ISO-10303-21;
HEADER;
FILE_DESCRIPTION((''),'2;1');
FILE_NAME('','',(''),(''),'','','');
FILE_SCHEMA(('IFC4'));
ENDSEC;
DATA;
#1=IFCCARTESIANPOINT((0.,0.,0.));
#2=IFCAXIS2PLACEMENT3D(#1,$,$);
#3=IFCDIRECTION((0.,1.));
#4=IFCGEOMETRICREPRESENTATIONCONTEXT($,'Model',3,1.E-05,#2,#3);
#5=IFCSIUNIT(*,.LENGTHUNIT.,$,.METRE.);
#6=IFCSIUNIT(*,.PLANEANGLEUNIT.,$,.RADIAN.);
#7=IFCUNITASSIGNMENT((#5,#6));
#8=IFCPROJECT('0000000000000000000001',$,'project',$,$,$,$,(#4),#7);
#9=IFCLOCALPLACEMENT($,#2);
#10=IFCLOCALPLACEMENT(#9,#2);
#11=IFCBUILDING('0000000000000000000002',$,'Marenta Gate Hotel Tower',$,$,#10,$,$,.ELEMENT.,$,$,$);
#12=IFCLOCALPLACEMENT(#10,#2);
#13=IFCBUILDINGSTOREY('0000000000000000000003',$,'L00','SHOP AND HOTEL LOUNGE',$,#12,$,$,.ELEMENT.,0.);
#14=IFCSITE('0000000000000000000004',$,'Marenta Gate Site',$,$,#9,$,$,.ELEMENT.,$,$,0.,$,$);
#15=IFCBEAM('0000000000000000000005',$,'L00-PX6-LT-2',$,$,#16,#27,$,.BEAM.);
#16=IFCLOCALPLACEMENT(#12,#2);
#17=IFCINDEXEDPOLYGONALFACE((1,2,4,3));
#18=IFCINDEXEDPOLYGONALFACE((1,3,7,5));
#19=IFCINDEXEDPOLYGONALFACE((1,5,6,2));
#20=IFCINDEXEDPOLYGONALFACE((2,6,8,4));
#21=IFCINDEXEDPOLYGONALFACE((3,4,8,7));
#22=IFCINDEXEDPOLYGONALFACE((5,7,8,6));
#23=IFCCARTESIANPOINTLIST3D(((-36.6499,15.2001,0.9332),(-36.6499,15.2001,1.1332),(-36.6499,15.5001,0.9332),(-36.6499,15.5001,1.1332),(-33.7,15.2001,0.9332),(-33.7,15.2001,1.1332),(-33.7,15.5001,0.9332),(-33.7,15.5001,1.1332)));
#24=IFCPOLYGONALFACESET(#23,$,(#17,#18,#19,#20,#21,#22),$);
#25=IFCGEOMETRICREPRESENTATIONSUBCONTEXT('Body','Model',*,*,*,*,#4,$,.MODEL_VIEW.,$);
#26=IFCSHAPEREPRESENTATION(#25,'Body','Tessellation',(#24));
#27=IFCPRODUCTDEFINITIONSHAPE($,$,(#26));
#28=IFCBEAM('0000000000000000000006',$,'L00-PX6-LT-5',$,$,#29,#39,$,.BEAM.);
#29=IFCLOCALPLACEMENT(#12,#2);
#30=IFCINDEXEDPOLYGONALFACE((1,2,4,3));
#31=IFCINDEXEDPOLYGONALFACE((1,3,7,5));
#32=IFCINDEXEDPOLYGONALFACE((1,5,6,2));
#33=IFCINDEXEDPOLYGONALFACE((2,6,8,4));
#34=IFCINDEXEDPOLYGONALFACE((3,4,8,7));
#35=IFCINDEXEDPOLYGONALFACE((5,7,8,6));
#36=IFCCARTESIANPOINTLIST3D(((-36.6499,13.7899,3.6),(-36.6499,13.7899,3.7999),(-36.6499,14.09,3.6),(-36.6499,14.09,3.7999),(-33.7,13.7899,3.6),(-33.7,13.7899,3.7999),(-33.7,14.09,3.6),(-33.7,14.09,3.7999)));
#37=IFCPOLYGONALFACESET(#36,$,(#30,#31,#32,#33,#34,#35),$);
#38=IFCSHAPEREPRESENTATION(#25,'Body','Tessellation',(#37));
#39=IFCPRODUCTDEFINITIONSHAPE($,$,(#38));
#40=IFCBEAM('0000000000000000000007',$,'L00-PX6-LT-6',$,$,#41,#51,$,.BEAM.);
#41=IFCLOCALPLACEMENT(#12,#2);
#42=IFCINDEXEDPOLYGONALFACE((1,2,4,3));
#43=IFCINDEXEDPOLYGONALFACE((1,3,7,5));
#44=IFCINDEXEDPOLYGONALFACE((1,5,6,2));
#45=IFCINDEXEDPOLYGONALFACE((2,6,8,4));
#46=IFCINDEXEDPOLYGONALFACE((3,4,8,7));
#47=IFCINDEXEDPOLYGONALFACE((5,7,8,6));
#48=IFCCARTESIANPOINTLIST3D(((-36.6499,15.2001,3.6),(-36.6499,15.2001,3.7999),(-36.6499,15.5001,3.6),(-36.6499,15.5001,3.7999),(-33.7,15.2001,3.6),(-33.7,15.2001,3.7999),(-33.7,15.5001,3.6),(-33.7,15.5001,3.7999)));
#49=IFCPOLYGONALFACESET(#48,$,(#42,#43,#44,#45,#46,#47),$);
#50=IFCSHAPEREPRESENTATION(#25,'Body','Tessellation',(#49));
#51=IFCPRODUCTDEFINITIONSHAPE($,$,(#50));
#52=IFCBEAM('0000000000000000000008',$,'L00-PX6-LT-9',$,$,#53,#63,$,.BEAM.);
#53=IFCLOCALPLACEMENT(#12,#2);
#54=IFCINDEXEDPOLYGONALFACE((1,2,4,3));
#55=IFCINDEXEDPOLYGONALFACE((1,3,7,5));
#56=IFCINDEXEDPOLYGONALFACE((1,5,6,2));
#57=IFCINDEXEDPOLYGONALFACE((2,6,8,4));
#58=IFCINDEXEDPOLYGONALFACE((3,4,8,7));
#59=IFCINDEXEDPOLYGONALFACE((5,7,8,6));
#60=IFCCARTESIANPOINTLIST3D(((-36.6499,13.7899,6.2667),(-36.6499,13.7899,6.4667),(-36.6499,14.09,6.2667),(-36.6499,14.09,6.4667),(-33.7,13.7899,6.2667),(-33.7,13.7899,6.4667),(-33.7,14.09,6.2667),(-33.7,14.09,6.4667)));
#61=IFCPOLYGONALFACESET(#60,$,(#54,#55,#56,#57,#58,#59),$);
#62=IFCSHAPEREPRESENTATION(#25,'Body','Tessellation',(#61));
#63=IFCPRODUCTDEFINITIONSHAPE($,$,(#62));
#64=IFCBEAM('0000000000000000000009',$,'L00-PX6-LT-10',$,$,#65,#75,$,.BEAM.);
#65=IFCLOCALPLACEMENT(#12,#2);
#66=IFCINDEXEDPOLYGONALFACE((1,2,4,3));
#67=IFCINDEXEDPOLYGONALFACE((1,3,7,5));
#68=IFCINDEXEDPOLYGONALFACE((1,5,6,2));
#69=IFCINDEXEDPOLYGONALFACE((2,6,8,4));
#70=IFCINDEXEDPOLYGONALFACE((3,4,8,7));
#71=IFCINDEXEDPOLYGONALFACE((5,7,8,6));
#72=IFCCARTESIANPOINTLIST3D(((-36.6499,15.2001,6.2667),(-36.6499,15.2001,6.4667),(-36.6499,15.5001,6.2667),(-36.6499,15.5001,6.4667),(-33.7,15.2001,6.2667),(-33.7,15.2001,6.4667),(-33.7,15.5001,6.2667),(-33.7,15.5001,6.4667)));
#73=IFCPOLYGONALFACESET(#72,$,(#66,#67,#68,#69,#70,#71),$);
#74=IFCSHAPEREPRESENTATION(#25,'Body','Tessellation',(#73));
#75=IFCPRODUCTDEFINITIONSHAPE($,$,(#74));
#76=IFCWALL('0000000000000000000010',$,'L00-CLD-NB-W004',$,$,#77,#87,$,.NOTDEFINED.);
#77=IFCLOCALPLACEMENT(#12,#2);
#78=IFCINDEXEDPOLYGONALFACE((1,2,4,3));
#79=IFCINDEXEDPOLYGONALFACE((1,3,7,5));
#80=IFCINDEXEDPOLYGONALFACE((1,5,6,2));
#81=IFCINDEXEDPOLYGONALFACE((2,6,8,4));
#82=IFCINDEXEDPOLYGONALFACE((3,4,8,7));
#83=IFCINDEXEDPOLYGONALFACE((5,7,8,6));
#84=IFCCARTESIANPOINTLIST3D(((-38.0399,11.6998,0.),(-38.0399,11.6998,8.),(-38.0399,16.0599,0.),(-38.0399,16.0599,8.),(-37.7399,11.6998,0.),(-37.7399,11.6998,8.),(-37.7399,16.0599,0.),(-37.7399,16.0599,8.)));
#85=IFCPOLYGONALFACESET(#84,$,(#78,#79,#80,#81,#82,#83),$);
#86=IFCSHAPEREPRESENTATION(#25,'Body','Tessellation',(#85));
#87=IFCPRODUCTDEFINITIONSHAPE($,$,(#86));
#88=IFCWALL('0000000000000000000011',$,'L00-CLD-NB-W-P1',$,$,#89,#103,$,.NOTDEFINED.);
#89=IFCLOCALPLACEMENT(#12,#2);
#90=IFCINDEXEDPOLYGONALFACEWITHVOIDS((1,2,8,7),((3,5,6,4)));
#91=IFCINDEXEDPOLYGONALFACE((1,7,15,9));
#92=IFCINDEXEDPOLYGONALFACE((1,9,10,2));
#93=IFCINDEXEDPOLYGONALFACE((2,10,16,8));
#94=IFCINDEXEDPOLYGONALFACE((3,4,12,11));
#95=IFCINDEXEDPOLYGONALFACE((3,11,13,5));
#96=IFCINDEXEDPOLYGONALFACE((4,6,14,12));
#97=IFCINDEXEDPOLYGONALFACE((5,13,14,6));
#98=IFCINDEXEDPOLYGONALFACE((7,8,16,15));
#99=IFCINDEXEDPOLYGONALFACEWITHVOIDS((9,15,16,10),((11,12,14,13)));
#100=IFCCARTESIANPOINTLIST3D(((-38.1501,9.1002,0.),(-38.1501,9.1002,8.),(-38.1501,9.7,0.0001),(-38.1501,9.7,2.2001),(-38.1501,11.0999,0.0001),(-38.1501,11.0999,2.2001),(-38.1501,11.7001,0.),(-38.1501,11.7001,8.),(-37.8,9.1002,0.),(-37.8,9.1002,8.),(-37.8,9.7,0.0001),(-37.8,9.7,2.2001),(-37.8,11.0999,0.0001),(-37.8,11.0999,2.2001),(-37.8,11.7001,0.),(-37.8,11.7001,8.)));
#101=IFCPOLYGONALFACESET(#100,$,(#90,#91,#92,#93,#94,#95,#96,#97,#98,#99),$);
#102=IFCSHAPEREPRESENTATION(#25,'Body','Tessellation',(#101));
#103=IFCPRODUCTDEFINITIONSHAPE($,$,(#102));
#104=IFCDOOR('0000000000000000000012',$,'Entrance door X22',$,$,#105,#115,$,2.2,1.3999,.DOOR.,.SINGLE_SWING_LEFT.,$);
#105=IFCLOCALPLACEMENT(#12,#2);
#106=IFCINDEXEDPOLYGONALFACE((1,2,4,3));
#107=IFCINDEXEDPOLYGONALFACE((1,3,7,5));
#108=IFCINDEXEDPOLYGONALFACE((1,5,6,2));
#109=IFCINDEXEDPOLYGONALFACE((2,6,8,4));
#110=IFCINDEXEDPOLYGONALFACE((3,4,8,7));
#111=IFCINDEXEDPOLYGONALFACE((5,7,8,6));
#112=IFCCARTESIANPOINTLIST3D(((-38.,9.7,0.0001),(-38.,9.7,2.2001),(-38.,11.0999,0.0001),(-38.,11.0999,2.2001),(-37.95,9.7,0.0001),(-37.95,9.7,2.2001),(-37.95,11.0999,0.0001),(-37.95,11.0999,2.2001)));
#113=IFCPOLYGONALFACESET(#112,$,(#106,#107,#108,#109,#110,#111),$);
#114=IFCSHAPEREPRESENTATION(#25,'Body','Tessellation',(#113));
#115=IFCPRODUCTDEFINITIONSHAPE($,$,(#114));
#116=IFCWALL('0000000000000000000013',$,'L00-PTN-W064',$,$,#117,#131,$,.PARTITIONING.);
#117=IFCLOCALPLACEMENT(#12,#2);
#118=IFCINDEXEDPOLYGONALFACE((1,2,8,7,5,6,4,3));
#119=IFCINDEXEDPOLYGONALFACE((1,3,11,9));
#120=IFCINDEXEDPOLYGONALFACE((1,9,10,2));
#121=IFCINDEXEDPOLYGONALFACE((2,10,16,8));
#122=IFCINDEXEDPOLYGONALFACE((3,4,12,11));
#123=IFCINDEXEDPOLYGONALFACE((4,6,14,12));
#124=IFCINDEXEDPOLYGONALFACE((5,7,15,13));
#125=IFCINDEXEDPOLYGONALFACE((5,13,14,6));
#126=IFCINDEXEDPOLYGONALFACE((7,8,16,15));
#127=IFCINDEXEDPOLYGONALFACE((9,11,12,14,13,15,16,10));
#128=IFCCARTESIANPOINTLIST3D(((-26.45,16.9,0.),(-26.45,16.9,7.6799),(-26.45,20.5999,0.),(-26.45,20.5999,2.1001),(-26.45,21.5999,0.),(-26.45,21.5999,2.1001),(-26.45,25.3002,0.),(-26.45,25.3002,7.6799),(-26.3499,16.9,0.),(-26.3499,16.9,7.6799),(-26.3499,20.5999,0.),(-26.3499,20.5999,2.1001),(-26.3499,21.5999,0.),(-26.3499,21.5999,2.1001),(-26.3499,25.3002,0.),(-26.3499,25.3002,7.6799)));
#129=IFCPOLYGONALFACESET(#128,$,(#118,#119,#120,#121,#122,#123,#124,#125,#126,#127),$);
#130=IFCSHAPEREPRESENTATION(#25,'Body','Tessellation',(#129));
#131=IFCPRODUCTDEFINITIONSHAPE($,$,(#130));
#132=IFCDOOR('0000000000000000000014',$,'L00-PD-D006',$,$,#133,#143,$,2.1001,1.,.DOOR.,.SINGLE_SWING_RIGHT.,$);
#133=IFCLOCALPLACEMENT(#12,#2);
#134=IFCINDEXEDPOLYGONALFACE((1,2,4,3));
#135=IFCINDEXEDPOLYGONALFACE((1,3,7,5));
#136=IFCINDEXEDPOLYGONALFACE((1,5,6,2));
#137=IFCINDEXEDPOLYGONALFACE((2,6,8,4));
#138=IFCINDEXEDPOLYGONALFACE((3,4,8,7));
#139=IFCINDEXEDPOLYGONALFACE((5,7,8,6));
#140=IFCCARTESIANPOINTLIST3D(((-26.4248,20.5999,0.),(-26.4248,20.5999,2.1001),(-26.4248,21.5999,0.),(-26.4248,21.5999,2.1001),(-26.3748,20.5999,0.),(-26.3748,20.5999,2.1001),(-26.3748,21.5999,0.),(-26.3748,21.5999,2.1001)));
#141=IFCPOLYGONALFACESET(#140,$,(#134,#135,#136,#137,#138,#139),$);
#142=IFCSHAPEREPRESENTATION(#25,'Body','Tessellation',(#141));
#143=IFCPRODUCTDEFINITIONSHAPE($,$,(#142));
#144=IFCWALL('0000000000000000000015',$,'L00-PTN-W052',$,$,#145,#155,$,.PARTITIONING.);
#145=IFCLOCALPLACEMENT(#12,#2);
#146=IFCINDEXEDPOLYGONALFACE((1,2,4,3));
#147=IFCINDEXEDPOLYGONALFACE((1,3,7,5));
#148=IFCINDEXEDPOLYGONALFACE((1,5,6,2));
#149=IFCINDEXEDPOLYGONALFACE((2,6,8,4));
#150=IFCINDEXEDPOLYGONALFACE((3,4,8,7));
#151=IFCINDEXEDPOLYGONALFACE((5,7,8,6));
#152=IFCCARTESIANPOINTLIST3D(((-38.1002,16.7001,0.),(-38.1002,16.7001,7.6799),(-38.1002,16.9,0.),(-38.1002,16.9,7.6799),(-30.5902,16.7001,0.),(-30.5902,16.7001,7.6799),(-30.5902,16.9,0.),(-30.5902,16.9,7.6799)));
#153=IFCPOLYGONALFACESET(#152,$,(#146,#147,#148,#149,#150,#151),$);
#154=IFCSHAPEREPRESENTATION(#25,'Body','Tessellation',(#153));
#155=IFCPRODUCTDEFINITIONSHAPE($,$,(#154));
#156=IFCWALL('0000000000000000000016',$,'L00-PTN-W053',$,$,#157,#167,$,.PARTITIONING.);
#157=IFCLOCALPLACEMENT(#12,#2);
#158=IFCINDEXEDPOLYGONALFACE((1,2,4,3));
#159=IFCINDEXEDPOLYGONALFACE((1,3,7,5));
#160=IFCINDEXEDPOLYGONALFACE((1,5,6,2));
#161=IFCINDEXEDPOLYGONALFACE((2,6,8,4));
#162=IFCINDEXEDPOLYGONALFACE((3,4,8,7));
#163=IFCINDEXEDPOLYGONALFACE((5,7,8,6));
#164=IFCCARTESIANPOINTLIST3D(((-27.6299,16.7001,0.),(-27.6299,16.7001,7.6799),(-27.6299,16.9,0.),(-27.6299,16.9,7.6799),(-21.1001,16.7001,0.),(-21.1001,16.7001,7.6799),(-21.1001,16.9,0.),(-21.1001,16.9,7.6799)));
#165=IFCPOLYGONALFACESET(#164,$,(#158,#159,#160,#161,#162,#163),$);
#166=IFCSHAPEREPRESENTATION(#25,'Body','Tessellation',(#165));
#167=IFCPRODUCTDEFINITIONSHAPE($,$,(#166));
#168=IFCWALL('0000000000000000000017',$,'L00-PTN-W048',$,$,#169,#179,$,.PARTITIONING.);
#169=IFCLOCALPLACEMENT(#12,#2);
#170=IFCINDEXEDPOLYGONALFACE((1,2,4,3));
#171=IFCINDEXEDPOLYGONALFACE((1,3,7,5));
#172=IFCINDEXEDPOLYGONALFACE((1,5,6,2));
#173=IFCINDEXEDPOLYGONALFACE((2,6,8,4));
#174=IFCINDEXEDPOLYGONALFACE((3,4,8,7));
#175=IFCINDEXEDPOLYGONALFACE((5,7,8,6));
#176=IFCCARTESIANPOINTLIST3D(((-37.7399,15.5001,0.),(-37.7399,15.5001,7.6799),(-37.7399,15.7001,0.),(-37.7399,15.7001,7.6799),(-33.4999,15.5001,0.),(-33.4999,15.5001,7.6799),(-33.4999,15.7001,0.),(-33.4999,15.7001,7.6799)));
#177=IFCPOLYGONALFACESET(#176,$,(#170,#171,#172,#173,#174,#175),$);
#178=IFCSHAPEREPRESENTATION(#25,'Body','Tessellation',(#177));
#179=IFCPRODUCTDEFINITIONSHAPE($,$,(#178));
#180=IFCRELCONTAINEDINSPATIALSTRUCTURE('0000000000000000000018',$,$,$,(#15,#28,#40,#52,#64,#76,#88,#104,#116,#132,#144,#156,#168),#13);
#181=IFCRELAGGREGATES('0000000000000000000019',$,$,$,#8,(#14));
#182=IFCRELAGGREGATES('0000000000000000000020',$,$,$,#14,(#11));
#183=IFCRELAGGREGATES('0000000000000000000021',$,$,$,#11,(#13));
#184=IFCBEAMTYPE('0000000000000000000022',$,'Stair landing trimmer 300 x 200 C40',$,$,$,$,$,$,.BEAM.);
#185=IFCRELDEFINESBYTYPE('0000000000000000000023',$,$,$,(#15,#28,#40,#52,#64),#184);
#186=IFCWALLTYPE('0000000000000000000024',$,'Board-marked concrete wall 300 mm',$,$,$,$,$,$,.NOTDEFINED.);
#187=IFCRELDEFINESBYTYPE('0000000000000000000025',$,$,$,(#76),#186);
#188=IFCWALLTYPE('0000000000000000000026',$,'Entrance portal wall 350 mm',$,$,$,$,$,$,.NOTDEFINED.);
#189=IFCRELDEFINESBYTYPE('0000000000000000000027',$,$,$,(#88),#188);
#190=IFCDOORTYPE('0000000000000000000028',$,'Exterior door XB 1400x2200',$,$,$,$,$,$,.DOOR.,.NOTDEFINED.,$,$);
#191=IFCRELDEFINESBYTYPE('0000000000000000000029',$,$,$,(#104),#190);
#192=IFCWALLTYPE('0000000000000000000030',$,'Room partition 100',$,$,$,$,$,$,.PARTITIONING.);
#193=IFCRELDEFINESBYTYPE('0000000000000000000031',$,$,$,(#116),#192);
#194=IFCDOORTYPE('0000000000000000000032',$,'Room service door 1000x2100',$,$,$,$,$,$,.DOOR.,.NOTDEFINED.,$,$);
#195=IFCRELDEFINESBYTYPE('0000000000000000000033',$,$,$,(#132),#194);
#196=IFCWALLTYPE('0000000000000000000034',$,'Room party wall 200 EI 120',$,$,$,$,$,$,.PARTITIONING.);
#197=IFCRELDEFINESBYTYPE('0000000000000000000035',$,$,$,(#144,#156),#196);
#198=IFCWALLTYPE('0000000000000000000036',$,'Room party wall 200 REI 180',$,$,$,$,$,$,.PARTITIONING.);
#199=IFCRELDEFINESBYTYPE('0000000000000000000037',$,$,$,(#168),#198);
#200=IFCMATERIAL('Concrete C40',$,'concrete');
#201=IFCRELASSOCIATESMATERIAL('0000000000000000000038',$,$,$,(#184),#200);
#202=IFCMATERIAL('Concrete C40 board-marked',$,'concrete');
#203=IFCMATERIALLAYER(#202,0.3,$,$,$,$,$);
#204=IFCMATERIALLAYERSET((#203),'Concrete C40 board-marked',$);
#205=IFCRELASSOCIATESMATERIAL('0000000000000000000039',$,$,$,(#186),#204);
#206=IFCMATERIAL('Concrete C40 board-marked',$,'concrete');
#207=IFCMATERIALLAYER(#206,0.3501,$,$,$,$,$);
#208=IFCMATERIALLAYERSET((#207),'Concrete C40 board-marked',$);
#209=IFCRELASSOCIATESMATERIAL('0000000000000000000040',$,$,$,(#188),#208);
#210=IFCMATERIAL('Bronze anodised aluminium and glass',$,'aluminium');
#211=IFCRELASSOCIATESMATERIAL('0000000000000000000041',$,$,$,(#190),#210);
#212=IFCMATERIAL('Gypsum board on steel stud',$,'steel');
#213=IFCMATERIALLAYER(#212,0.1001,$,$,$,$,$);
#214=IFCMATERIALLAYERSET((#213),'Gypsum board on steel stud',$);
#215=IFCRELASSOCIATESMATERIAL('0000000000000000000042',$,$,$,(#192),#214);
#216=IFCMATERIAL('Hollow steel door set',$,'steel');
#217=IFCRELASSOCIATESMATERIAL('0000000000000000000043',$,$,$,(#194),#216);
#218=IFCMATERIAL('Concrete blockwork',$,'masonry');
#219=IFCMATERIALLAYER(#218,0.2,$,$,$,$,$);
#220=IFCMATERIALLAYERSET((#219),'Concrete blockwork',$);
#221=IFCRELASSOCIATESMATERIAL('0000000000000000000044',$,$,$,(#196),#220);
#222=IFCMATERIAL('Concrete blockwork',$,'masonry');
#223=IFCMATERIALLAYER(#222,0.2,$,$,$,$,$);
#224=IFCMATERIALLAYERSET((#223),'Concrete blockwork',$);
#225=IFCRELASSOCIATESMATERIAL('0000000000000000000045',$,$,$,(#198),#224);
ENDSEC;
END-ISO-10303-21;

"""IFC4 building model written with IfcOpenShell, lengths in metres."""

from ifc_helpers import new_model, si_unit, direction, frame, frame_2d, origin, origin_2d, place, context, subcontext, project, spatial, rectangle, extrude, material, layer, layer_set, material_profile, profile_set, type_object, element, fill, save


model = new_model("IFC4")

# Units and contexts
model_context = context("Model", 3, precision=1e-05, world=origin(), true_north=direction((0.0, 1.0)))
body_context = subcontext(model_context, "Body", "Model", "MODEL_VIEW")
ifc_project = project(units=[si_unit("LENGTHUNIT", "METRE"), si_unit("PLANEANGLEUNIT", "RADIAN")], contexts=[model_context])

# Site, building, storey
site_placement = place(None, origin())
site = spatial("IfcSite", under=ifc_project, at=site_placement, Name="Marenta Gate Site", CompositionType="ELEMENT", RefElevation=0.0)
building_placement = place(site_placement, origin())
building = spatial("IfcBuilding", under=site, at=building_placement, Name="Marenta Gate Hotel Tower", CompositionType="ELEMENT")
storey_placement = place(building_placement, origin())
storey = spatial("IfcBuildingStorey", under=building, at=storey_placement, Name="L00", Description="SHOP AND HOTEL LOUNGE", CompositionType="ELEMENT", Elevation=0.0)

# Beams
ifc_material_1 = material(Name="Concrete C40", Category="concrete")
ifc_material_profile_1 = material_profile(ifc_material_1, rectangle(XDim=0.3, YDim=0.2, at=origin_2d()), Name="300 x 200")
ifc_profile_set_1 = profile_set([ifc_material_profile_1], Name="Concrete C40")
beam_type_1 = type_object("IfcBeamType", Name="Stair landing trimmer 300 x 200 C40", PredefinedType="BEAM", material=ifc_profile_set_1)
for number, where, z_axis, x_axis, name in (
    (1, (-36.6499, 15.3501, 1.0332), (1.0, 0.0, 0.0), (0.0, 1.0, 0.0), "L00-PX6-LT-2"),
    (2, (-36.6499, 13.9399, 3.7), (1.0, 0.0, 0.0), (0.0, 1.0, 0.0), "L00-PX6-LT-5"),
    (3, (-36.6499, 15.3501, 3.7), (1.0, 0.0, 0.0), (0.0, 1.0, 0.0), "L00-PX6-LT-6"),
    (4, (-36.6499, 13.9399, 6.3667), (1.0, 0.0, 0.0), (0.0, 1.0, 0.0), "L00-PX6-LT-9"),
    (5, (-36.6499, 15.3501, 6.3667), (1.0, 0.0, 0.0), (0.0, 1.0, 0.0), "L00-PX6-LT-10"),
):
    element("IfcBeam", number, at=place(storey_placement, frame(where, z_axis=z_axis, x_axis=x_axis)), inside=storey, type_object=beam_type_1, Name=name, PredefinedType="BEAM", context=body_context, shape_type="SweptSolid", body=[
        extrude(rectangle(XDim=0.3, YDim=0.2, at=origin_2d()), origin(), (0.0, 0.0, 1.0), 2.95),
    ])

# Wall
ifc_material_2 = material(Name="Concrete C40 board-marked", Category="concrete")
ifc_layer_1 = layer(ifc_material_2, 0.3)
ifc_layer_set_1 = layer_set([ifc_layer_1], Name="Concrete C40 board-marked")
wall_type_1 = type_object("IfcWallType", Name="Board-marked concrete wall 300 mm", PredefinedType="NOTDEFINED", material=ifc_layer_set_1)
wall_1_placement = place(storey_placement, frame((-37.8899, 16.0601, 0.0), z_axis=(0.0, 0.0, 1.0), x_axis=(0.0, -1.0, 0.0)))
element("IfcWall", 6, at=wall_1_placement, inside=storey, type_object=wall_type_1, Name="L00-CLD-NB-W004", PredefinedType="NOTDEFINED", context=body_context, shape_type="SweptSolid", body=[
    extrude(rectangle(XDim=4.3601, YDim=0.3, at=frame_2d((2.1802, 0.0))), origin(), (0.0, 0.0, 1.0), 8.0),
])

# Walls, openings, doors
ifc_material_3 = material(Name="Concrete C40 board-marked", Category="concrete")
ifc_layer_2 = layer(ifc_material_3, 0.3501)
ifc_layer_set_2 = layer_set([ifc_layer_2], Name="Concrete C40 board-marked")
wall_type_2 = type_object("IfcWallType", Name="Entrance portal wall 350 mm", PredefinedType="NOTDEFINED", material=ifc_layer_set_2)
wall_2_placement = place(storey_placement, frame((-37.9751, 11.7, 0.0), z_axis=(0.0, 0.0, 1.0), x_axis=(0.0, -1.0, 0.0)))
wall_2 = element("IfcWall", 7, at=wall_2_placement, inside=storey, type_object=wall_type_2, Name="L00-CLD-NB-W-P1", PredefinedType="NOTDEFINED", context=body_context, shape_type="SweptSolid", body=[
    extrude(rectangle(XDim=2.5999, YDim=0.3501, at=frame_2d((1.2998, 0.0))), origin(), (0.0, 0.0, 1.0), 8.0),
])
opening_1_placement = place(wall_2_placement, frame((0.6001, 0.0, 0.0)))
opening_1 = element("IfcOpeningElement", 8, at=opening_1_placement, cuts=wall_2, PredefinedType="OPENING", context=body_context, shape_type="SweptSolid", body=[
    extrude(rectangle(XDim=1.3999, YDim=2.2, at=frame_2d((0.7, 1.1001))), frame((0.0, 0.175, 0.0), z_axis=(0.0, -1.0, 0.0), x_axis=(1.0, 0.0, 0.0)), (0.0, 0.0, 1.0), 0.3501),
])
ifc_material_4 = material(Name="Bronze anodised aluminium and glass", Category="aluminium")
door_type_1 = type_object("IfcDoorType", Name="Exterior door XB 1400x2200", OperationType="NOTDEFINED", PredefinedType="DOOR", material=ifc_material_4)
door_1_placement = place(opening_1_placement, frame((1.3999, 0.0, 0.0), z_axis=(0.0, 0.0, 1.0), x_axis=(-1.0, 0.0, 0.0)))
door_1 = element("IfcDoor", 9, at=door_1_placement, inside=storey, type_object=door_type_1, Name="Entrance door X22", OperationType="SINGLE_SWING_LEFT", OverallHeight=2.2, OverallWidth=1.3999, PredefinedType="DOOR", context=body_context, shape_type="SweptSolid", body=[
    extrude(rectangle(XDim=1.3999, YDim=2.2, at=frame_2d((0.7, 1.1001))), frame((0.0, 0.0249, 0.0), z_axis=(0.0, -1.0, 0.0), x_axis=(1.0, 0.0, 0.0)), (0.0, 0.0, 1.0), 0.05),
])
fill(opening_1, door_1)
ifc_material_5 = material(Name="Gypsum board on steel stud", Category="steel")
ifc_layer_3 = layer(ifc_material_5, 0.1001)
ifc_layer_set_3 = layer_set([ifc_layer_3], Name="Gypsum board on steel stud")
wall_type_3 = type_object("IfcWallType", Name="Room partition 100", PredefinedType="PARTITIONING", material=ifc_layer_set_3)
wall_3_placement = place(storey_placement, frame((-26.3999, 16.8999, 0.0), z_axis=(0.0, 0.0, 1.0), x_axis=(0.0, 1.0, 0.0)))
wall_3 = element("IfcWall", 10, at=wall_3_placement, inside=storey, type_object=wall_type_3, Name="L00-PTN-W064", PredefinedType="PARTITIONING", context=body_context, shape_type="SweptSolid", body=[
    extrude(rectangle(XDim=8.4001, YDim=0.1001, at=frame_2d((4.2002, 0.0))), origin(), (0.0, 0.0, 1.0), 7.6799),
])
opening_2_placement = place(wall_3_placement, frame((3.7, 0.0, 0.0)))
opening_2 = element("IfcOpeningElement", 11, at=opening_2_placement, cuts=wall_3, PredefinedType="OPENING", context=body_context, shape_type="SweptSolid", body=[
    extrude(rectangle(XDim=1.0, YDim=2.1001, at=frame_2d((0.5, 1.05))), frame((0.0, 0.05, 0.0), z_axis=(0.0, -1.0, 0.0), x_axis=(1.0, 0.0, 0.0)), (0.0, 0.0, 1.0), 0.1001),
])
ifc_material_6 = material(Name="Hollow steel door set", Category="steel")
door_type_2 = type_object("IfcDoorType", Name="Room service door 1000x2100", OperationType="NOTDEFINED", PredefinedType="DOOR", material=ifc_material_6)
door_2_placement = place(opening_2_placement, origin())
door_2 = element("IfcDoor", 12, at=door_2_placement, inside=storey, type_object=door_type_2, Name="L00-PD-D006", OperationType="SINGLE_SWING_RIGHT", OverallHeight=2.1001, OverallWidth=1.0, PredefinedType="DOOR", context=body_context, shape_type="SweptSolid", body=[
    extrude(rectangle(XDim=1.0, YDim=2.1001, at=frame_2d((0.5, 1.05))), frame((0.0, 0.0249, 0.0), z_axis=(0.0, -1.0, 0.0), x_axis=(1.0, 0.0, 0.0)), (0.0, 0.0, 1.0), 0.05),
])
fill(opening_2, door_2)

# Walls
ifc_material_7 = material(Name="Concrete blockwork", Category="masonry")
ifc_layer_4 = layer(ifc_material_7, 0.2)
ifc_layer_set_4 = layer_set([ifc_layer_4], Name="Concrete blockwork")
wall_type_4 = type_object("IfcWallType", Name="Room party wall 200 EI 120", PredefinedType="PARTITIONING", material=ifc_layer_set_4)
wall_4_placement = place(storey_placement, frame((-38.1001, 16.8, 0.0), z_axis=(0.0, 0.0, 1.0), x_axis=(1.0, 0.0, 0.0)))
element("IfcWall", 13, at=wall_4_placement, inside=storey, type_object=wall_type_4, Name="L00-PTN-W052", PredefinedType="PARTITIONING", context=body_context, shape_type="SweptSolid", body=[
    extrude(rectangle(XDim=7.51, YDim=0.2, at=frame_2d((3.7549, 0.0))), origin(), (0.0, 0.0, 1.0), 7.6799),
])
wall_5_placement = place(storey_placement, frame((-27.6299, 16.8, 0.0), z_axis=(0.0, 0.0, 1.0), x_axis=(1.0, 0.0, 0.0)))
element("IfcWall", 14, at=wall_5_placement, inside=storey, type_object=wall_type_4, Name="L00-PTN-W053", PredefinedType="PARTITIONING", context=body_context, shape_type="SweptSolid", body=[
    extrude(rectangle(XDim=6.5298, YDim=0.2, at=frame_2d((3.2649, 0.0))), origin(), (0.0, 0.0, 1.0), 7.6799),
])
ifc_material_8 = material(Name="Concrete blockwork", Category="masonry")
ifc_layer_5 = layer(ifc_material_8, 0.2)
ifc_layer_set_5 = layer_set([ifc_layer_5], Name="Concrete blockwork")
wall_type_5 = type_object("IfcWallType", Name="Room party wall 200 REI 180", PredefinedType="PARTITIONING", material=ifc_layer_set_5)
wall_6_placement = place(storey_placement, frame((-37.74, 15.6001, 0.0), z_axis=(0.0, 0.0, 1.0), x_axis=(1.0, 0.0, 0.0)))
element("IfcWall", 15, at=wall_6_placement, inside=storey, type_object=wall_type_5, Name="L00-PTN-W048", PredefinedType="PARTITIONING", context=body_context, shape_type="SweptSolid", body=[
    extrude(rectangle(XDim=4.24, YDim=0.2, at=frame_2d((2.1201, 0.0))), origin(), (0.0, 0.0, 1.0), 7.6799),
])

save(model, "model.ifc")
